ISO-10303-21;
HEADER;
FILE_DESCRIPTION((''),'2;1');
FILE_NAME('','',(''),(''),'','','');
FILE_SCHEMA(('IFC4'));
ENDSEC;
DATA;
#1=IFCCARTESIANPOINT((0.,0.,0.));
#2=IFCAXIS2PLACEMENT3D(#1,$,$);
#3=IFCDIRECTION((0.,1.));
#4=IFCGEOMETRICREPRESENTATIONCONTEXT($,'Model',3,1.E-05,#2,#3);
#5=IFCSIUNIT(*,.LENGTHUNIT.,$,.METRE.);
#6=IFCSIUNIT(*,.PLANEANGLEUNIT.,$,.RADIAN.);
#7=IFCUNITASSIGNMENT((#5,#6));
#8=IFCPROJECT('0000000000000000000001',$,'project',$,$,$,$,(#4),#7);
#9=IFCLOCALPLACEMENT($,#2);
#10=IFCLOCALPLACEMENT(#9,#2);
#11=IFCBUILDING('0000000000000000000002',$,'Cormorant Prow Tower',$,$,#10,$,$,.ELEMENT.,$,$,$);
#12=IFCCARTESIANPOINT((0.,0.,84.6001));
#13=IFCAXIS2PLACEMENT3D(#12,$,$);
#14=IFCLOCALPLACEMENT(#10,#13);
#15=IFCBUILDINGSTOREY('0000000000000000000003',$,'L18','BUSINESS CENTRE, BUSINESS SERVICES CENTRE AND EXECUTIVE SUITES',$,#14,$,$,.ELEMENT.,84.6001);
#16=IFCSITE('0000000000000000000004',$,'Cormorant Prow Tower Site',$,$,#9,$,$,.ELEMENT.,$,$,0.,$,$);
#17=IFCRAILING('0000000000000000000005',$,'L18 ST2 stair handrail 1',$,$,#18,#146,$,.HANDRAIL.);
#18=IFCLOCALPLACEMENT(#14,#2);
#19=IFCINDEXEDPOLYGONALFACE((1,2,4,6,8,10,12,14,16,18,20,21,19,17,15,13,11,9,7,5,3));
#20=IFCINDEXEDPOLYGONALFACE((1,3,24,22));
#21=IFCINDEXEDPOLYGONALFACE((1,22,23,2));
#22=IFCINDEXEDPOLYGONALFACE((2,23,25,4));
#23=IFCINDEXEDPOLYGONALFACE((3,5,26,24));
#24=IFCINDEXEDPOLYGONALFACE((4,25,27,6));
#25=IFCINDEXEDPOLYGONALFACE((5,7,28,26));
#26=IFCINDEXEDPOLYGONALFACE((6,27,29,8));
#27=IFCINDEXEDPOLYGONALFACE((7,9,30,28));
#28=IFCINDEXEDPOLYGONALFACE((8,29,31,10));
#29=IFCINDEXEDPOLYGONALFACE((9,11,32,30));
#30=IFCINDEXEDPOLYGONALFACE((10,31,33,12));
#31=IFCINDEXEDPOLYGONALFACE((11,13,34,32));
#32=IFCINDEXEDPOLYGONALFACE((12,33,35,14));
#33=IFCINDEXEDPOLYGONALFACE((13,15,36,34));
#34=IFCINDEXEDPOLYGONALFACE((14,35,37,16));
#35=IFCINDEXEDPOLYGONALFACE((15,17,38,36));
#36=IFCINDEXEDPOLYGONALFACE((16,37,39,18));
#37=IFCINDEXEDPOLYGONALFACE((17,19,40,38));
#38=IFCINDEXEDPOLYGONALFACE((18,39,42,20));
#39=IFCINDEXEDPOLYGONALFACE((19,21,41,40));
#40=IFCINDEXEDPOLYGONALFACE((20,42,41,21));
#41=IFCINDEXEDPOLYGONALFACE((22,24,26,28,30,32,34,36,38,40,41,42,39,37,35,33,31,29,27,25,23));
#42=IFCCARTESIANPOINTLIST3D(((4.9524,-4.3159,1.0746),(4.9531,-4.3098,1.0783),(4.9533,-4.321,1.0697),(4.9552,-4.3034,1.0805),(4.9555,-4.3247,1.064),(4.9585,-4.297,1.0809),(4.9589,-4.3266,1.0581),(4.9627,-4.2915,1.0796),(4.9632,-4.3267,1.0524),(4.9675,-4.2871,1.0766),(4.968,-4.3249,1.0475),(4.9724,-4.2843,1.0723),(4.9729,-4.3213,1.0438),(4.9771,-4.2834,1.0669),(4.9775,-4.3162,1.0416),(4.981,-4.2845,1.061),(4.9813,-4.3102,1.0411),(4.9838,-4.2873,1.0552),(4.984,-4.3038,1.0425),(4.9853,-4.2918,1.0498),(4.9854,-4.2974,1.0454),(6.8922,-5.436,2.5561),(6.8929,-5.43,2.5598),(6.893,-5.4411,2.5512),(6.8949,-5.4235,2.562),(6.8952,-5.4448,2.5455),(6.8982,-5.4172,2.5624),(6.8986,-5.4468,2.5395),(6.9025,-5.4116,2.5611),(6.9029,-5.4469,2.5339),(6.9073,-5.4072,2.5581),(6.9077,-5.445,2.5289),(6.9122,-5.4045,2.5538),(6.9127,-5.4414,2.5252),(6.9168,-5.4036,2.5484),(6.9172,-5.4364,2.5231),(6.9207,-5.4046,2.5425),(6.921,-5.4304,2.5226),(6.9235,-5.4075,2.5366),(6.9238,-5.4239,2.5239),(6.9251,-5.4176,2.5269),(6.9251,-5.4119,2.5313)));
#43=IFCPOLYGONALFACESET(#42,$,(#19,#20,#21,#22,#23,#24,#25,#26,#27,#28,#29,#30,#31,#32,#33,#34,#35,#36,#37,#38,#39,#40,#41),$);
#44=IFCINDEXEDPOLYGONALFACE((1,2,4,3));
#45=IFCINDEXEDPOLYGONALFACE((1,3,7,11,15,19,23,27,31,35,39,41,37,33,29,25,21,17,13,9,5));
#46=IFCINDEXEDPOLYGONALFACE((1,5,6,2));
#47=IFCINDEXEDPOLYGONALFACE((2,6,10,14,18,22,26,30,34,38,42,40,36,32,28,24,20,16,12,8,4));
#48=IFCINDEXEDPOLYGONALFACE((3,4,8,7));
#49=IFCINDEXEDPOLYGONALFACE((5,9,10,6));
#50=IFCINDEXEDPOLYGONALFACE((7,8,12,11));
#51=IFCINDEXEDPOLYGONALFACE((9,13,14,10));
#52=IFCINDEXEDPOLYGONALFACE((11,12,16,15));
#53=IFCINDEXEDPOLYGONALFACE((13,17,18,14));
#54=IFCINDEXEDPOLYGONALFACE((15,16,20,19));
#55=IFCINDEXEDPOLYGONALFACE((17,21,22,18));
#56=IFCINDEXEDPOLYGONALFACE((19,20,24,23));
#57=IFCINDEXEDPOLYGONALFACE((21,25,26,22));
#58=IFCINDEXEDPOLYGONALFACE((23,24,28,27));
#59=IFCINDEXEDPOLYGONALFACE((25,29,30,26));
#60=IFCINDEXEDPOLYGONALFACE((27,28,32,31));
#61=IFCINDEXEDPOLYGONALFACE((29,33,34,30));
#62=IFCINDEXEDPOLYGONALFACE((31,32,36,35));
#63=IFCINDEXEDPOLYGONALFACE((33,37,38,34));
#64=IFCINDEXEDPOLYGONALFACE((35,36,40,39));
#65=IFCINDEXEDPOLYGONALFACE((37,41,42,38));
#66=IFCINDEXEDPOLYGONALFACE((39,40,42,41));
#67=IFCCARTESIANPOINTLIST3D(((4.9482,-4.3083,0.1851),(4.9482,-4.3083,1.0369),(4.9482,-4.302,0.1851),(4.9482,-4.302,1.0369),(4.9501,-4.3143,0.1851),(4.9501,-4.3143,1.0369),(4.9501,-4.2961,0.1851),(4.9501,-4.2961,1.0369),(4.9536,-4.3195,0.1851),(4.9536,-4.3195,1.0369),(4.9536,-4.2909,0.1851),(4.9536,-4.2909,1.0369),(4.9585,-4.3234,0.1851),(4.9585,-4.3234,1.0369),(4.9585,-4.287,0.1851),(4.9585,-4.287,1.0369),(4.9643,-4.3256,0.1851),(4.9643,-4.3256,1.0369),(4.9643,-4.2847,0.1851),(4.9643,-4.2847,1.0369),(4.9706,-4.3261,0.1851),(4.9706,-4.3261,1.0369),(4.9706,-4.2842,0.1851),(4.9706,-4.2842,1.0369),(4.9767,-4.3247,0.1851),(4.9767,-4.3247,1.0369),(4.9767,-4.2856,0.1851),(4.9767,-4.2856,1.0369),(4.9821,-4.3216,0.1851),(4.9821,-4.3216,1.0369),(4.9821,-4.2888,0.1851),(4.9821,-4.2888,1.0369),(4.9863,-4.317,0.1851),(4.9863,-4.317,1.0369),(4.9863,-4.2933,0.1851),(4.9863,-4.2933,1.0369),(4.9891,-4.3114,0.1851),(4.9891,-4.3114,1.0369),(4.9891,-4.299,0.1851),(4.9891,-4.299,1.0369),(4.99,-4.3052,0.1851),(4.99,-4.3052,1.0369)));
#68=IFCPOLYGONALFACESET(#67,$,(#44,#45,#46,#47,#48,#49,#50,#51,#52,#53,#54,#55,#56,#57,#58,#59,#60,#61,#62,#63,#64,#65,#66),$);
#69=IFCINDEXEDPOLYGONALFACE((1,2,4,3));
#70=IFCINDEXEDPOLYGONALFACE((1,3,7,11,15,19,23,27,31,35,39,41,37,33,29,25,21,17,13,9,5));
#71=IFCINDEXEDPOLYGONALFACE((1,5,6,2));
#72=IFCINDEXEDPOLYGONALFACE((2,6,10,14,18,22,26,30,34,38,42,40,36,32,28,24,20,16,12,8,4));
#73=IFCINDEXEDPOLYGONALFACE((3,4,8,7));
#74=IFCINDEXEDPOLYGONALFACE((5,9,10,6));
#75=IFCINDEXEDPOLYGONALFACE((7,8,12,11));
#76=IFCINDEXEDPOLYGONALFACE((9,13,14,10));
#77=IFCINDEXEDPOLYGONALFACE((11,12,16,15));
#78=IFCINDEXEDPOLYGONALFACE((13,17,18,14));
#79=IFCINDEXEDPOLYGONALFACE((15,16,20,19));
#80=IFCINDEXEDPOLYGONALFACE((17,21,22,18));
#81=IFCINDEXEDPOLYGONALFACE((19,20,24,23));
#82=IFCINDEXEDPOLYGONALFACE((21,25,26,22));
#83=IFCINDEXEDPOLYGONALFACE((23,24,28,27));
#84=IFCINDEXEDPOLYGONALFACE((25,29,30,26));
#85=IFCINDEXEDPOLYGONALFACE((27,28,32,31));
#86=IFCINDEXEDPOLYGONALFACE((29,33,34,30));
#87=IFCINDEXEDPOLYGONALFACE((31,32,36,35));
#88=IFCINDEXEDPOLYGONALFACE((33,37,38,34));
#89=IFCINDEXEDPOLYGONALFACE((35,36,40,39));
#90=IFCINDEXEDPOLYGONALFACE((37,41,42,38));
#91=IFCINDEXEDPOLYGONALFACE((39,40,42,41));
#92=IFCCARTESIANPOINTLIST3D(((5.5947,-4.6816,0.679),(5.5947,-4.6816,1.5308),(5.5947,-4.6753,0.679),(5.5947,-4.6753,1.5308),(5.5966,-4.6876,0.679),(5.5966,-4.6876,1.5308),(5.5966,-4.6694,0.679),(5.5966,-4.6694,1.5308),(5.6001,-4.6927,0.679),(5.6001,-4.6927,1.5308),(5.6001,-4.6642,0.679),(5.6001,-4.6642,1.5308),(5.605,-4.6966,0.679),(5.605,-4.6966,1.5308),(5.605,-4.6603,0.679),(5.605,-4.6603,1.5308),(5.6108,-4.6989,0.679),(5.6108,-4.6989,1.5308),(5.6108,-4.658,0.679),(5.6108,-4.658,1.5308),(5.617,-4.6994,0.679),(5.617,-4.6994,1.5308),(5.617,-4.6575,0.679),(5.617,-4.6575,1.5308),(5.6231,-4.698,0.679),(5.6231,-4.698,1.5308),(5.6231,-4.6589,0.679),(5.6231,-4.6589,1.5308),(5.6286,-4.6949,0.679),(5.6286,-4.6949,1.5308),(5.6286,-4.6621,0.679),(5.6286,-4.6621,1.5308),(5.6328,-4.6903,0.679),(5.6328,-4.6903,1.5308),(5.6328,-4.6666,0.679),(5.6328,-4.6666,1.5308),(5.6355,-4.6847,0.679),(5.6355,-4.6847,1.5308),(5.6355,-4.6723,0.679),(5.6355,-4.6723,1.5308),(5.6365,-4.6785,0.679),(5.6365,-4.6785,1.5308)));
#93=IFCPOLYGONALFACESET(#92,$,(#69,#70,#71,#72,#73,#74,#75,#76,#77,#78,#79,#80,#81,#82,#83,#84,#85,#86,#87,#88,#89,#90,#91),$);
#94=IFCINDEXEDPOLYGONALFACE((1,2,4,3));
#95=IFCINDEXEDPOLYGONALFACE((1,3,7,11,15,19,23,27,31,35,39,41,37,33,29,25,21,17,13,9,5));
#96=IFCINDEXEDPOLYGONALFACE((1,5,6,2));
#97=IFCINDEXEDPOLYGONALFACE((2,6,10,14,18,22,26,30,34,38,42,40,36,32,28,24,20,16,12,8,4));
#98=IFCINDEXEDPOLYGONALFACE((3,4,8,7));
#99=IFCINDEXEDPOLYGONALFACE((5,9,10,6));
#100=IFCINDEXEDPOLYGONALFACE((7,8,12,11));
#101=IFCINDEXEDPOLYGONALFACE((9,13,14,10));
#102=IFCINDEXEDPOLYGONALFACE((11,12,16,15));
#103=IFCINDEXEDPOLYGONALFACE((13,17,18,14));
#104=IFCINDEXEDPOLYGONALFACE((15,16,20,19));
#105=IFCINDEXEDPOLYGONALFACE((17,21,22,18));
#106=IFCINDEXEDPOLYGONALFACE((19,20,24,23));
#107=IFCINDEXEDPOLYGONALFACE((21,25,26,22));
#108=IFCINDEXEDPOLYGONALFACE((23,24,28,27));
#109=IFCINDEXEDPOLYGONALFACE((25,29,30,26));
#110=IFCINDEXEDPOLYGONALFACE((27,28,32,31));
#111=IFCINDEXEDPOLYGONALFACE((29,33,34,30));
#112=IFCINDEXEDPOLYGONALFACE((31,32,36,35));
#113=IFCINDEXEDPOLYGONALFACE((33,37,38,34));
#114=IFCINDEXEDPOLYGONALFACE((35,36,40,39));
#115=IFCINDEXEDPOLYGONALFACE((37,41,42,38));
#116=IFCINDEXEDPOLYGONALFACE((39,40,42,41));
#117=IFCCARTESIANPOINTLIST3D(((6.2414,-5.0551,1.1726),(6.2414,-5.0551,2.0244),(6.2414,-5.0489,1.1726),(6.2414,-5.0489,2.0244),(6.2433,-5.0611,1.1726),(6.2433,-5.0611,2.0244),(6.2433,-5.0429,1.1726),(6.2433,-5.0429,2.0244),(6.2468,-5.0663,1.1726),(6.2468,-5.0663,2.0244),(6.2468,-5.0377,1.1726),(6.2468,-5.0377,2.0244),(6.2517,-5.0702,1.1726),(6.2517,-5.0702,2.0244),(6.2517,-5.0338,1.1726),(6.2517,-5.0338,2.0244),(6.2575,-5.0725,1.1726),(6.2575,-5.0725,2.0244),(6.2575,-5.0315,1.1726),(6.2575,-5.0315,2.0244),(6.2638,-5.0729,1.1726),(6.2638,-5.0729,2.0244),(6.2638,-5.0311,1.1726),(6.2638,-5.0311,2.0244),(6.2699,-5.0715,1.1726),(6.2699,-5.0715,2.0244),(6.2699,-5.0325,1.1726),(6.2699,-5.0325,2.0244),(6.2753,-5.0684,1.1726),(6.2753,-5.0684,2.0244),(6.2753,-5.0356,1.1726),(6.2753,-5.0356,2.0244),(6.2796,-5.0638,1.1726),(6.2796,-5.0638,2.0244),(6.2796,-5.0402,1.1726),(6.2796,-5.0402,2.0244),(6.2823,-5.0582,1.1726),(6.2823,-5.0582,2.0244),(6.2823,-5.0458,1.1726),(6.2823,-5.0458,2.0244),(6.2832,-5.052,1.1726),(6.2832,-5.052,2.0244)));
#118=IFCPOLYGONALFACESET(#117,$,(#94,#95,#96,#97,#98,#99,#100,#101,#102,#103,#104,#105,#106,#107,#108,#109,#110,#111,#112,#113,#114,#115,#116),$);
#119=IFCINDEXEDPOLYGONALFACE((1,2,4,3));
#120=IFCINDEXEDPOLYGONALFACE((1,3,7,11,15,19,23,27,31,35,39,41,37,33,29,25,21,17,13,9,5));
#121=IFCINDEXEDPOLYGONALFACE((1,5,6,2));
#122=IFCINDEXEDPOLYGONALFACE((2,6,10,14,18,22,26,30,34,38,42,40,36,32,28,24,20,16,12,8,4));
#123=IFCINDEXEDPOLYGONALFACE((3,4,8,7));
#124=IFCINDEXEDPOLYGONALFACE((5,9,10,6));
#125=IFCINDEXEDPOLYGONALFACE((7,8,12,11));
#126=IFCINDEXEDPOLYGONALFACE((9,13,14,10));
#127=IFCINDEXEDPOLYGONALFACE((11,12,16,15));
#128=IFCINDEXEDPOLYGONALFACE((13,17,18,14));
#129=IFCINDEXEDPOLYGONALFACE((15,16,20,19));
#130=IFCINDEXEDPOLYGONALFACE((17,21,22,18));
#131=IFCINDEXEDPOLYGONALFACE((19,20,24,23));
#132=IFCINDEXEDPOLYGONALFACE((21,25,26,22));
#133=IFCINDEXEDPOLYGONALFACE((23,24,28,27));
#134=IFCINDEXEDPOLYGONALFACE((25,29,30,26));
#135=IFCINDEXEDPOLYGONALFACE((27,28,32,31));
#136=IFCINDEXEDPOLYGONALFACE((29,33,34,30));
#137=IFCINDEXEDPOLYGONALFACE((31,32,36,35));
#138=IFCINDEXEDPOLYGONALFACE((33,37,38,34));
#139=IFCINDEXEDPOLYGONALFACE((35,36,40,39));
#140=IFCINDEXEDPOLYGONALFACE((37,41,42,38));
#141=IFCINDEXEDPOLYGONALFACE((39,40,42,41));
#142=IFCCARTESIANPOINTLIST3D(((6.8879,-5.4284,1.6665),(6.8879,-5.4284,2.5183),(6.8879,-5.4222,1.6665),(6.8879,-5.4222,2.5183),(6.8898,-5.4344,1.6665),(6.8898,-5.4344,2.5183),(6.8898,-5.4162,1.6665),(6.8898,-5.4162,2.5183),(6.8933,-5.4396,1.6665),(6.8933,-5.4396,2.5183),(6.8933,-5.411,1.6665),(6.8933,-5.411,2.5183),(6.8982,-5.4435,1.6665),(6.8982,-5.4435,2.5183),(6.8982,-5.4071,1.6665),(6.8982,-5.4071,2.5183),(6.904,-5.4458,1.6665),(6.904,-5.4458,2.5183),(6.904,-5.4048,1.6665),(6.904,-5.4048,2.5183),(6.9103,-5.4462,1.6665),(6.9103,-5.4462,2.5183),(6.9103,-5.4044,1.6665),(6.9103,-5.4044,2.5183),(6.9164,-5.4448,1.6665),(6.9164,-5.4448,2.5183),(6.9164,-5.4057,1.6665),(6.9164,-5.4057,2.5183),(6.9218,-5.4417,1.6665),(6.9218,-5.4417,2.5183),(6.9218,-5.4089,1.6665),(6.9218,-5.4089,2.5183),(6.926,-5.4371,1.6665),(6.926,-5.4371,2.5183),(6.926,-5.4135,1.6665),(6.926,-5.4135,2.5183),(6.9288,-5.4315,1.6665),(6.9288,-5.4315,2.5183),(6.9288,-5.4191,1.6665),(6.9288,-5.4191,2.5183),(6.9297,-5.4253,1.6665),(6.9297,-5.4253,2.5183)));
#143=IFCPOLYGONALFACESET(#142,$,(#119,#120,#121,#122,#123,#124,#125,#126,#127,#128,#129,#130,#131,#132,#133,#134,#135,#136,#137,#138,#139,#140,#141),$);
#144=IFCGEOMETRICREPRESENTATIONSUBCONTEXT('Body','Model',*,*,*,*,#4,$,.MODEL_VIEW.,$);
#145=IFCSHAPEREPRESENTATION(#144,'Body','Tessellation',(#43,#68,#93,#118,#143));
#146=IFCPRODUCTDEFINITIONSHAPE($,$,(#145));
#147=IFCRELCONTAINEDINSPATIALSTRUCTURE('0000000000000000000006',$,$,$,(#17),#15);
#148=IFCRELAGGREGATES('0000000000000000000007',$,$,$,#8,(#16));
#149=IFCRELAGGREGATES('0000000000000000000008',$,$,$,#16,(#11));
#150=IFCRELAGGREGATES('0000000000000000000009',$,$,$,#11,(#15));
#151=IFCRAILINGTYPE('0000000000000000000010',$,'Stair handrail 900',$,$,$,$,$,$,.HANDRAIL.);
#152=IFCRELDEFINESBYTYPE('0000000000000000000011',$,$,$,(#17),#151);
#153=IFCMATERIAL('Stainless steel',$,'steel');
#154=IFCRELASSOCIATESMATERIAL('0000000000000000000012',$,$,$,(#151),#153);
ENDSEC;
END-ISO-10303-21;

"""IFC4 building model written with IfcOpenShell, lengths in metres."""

from ifc_helpers import new_model, si_unit, direction, frame, origin, origin_2d, place, context, subcontext, project, spatial, circle, extrude, material, type_object, element, save


model = new_model("IFC4")

# Units and contexts
model_context = context("Model", 3, precision=1e-05, world=origin(), true_north=direction((0.0, 1.0)))
body_context = subcontext(model_context, "Body", "Model", "MODEL_VIEW")
ifc_project = project(units=[si_unit("LENGTHUNIT", "METRE"), si_unit("PLANEANGLEUNIT", "RADIAN")], contexts=[model_context])

# Site, building, storey
site_placement = place(None, origin())
site = spatial("IfcSite", under=ifc_project, at=site_placement, Name="Cormorant Prow Tower Site", CompositionType="ELEMENT", RefElevation=0.0)
building_placement = place(site_placement, origin())
building = spatial("IfcBuilding", under=site, at=building_placement, Name="Cormorant Prow Tower", CompositionType="ELEMENT")
storey_placement = place(building_placement, frame((0.0, 0.0, 84.6001)))
storey = spatial("IfcBuildingStorey", under=building, at=storey_placement, Name="L18", Description="BUSINESS CENTRE, BUSINESS SERVICES CENTRE AND EXECUTIVE SUITES", CompositionType="ELEMENT", Elevation=84.6001)

# Railing
ifc_material_1 = material(Name="Stainless steel", Category="steel")
railing_type_1 = type_object("IfcRailingType", Name="Stair handrail 900", PredefinedType="HANDRAIL", material=ifc_material_1)
railing_1_placement = place(storey_placement, frame((4.969, -4.3052, 0.1851)))
element("IfcRailing", 1, at=railing_1_placement, inside=storey, type_object=railing_type_1, Name="L18 ST2 stair handrail 1", PredefinedType="HANDRAIL", context=body_context, shape_type="SweptSolid", body=[
    extrude(circle(Radius=0.0239, at=origin_2d()), frame((0.0, 0.0, 0.876), z_axis=(0.722292, -0.417102, 0.551651), x_axis=(0.500078, 0.86598, 0.0)), (0.0, 0.0, 1.0), 2.6855),
    extrude(circle(Radius=0.021, at=origin_2d()), origin(), (0.0, 0.0, 1.0), 0.8518),
    extrude(circle(Radius=0.021, at=origin_2d()), frame((0.6465, -0.3733, 0.4939)), (0.0, 0.0, 1.0), 0.8518),
    extrude(circle(Radius=0.021, at=origin_2d()), frame((1.2932, -0.7468, 0.9875)), (0.0, 0.0, 1.0), 0.8518),
    extrude(circle(Radius=0.021, at=origin_2d()), frame((1.9397, -1.1201, 1.4814)), (0.0, 0.0, 1.0), 0.8518),
])

save(model, "model.ifc")
